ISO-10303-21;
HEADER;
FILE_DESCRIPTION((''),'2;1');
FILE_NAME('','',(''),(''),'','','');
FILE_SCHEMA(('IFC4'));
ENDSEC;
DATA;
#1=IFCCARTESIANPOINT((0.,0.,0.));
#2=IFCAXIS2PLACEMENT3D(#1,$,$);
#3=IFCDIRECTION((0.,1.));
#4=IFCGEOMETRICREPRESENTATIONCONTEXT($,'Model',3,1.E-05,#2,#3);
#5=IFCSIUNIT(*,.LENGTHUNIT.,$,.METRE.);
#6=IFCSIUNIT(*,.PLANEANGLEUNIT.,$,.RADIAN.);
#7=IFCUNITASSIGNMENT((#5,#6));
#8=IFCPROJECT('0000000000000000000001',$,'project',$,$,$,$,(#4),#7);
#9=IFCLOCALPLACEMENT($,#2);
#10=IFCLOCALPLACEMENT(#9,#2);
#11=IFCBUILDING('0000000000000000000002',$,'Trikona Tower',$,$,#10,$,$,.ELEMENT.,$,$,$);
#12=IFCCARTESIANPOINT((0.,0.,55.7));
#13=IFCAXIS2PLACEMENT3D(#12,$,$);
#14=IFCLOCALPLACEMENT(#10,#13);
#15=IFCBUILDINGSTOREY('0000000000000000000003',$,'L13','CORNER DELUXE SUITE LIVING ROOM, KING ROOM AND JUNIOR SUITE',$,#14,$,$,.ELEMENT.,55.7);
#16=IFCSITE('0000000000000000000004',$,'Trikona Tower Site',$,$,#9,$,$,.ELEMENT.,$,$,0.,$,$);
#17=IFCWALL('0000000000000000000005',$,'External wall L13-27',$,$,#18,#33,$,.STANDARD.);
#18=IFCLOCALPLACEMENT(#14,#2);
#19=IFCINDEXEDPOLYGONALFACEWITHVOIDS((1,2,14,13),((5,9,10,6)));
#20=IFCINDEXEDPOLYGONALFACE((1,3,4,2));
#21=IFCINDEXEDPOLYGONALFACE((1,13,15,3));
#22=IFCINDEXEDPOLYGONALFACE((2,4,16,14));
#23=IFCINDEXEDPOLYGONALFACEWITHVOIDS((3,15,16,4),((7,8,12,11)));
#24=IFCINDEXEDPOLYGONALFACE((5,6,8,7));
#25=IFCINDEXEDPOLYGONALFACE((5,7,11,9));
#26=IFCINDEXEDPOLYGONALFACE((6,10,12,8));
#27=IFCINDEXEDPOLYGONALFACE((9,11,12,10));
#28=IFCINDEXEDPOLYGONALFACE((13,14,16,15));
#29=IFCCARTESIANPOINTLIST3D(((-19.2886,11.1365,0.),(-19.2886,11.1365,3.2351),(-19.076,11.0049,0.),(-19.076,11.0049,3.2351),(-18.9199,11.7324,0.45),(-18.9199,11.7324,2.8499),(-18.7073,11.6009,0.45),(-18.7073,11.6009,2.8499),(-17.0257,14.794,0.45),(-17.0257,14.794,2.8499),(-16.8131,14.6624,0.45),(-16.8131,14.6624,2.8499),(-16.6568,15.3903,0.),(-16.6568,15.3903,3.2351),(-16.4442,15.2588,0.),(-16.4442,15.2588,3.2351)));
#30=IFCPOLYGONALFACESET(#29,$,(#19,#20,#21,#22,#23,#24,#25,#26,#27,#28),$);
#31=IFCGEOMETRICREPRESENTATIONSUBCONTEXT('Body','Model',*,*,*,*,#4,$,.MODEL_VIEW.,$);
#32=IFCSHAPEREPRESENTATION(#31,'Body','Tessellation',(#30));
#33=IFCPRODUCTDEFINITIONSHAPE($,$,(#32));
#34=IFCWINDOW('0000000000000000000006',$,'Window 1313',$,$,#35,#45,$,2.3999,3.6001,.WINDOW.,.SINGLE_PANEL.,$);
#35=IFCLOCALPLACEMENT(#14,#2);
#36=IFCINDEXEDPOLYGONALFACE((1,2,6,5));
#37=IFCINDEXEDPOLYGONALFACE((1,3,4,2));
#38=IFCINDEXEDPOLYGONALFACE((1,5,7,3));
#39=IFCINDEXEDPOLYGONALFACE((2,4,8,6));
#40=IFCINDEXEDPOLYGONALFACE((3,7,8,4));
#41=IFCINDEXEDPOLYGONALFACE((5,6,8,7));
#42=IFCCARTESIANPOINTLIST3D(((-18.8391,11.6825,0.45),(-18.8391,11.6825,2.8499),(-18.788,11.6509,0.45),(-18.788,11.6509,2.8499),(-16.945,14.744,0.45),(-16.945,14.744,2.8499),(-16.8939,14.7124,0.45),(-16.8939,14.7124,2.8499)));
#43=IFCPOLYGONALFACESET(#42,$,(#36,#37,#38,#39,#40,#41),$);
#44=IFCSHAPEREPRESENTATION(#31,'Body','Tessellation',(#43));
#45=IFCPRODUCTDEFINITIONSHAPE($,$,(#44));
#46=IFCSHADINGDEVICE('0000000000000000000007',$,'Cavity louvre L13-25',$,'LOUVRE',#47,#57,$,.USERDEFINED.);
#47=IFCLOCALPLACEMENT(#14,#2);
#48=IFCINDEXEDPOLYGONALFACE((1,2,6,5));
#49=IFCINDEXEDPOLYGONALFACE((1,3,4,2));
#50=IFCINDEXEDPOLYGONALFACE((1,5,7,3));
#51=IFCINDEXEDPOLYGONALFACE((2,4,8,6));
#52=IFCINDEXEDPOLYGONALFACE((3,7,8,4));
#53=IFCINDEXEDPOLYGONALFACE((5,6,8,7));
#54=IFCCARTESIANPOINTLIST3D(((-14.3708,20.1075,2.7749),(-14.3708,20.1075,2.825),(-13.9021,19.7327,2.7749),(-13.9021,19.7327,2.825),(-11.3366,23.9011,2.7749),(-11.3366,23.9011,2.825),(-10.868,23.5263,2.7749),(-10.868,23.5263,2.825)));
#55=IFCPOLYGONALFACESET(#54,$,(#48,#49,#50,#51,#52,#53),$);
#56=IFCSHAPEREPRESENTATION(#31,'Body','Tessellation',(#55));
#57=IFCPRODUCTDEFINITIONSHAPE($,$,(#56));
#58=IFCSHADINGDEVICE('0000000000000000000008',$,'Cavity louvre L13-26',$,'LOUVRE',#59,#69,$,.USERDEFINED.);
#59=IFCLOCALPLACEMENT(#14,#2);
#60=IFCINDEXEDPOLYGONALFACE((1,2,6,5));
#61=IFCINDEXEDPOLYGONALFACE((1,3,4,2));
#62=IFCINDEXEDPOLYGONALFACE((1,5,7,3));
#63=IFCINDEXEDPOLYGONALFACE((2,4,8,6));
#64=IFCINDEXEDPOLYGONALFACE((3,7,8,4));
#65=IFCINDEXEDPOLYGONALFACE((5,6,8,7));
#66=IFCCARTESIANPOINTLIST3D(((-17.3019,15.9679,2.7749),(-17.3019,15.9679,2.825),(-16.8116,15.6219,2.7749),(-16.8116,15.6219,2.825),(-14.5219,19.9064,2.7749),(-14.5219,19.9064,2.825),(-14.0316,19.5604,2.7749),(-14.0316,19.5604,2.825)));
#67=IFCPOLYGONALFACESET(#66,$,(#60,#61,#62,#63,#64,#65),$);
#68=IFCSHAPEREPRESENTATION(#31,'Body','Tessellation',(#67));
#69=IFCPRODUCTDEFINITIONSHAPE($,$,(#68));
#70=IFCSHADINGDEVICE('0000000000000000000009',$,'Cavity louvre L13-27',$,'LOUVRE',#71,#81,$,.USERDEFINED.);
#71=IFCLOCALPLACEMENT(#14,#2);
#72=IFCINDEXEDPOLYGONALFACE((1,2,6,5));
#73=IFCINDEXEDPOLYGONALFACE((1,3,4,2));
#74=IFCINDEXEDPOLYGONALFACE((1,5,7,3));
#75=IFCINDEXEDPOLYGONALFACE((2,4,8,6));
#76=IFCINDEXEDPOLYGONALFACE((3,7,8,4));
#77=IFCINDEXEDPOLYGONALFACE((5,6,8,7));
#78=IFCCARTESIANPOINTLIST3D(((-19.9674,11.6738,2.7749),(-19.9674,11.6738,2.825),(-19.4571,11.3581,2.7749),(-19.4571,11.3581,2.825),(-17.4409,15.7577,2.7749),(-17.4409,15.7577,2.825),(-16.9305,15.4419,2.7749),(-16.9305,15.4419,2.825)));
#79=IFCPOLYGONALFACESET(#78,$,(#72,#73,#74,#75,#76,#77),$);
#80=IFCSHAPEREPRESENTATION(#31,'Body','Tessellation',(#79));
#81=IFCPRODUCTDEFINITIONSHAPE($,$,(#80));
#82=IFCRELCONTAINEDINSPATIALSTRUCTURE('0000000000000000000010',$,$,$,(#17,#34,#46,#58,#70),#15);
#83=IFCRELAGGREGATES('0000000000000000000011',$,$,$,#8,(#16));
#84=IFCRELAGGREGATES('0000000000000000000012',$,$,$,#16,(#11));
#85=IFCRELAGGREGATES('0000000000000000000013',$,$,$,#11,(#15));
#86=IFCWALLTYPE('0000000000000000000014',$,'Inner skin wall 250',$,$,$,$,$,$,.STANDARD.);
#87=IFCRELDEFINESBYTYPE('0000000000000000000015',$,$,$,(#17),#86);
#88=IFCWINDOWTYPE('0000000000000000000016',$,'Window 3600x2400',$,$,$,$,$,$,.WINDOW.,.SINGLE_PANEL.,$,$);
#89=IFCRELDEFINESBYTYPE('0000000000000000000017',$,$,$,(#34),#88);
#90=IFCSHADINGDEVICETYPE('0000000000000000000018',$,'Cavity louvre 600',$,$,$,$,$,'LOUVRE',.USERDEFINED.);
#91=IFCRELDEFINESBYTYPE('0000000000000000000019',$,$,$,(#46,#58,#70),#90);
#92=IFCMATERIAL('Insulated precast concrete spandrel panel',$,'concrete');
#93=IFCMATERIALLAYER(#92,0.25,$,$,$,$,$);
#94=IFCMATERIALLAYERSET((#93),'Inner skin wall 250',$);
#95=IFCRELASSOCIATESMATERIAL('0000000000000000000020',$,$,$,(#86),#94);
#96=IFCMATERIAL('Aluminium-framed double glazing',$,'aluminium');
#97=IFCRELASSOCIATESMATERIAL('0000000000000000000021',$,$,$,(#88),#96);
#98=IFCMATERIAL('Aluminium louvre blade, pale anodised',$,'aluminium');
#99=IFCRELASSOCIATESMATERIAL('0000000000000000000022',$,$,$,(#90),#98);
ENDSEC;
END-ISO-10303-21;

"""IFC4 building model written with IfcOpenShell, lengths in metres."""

from ifc_helpers import new_model, si_unit, direction, frame, frame_2d, origin, origin_2d, place, context, subcontext, project, spatial, rectangle, extrude, material, layer, layer_set, type_object, element, fill, save


model = new_model("IFC4")

# Units and contexts
model_context = context("Model", 3, precision=1e-05, world=origin(), true_north=direction((0.0, 1.0)))
body_context = subcontext(model_context, "Body", "Model", "MODEL_VIEW")
ifc_project = project(units=[si_unit("LENGTHUNIT", "METRE"), si_unit("PLANEANGLEUNIT", "RADIAN")], contexts=[model_context])

# Site, building, storey
site_placement = place(None, origin())
site = spatial("IfcSite", under=ifc_project, at=site_placement, Name="Trikona Tower Site", CompositionType="ELEMENT", RefElevation=0.0)
building_placement = place(site_placement, origin())
building = spatial("IfcBuilding", under=site, at=building_placement, Name="Trikona Tower", CompositionType="ELEMENT")
storey_placement = place(building_placement, frame((0.0, 0.0, 55.7)))
storey = spatial("IfcBuildingStorey", under=building, at=storey_placement, Name="L13", Description="CORNER DELUXE SUITE LIVING ROOM, KING ROOM AND JUNIOR SUITE", CompositionType="ELEMENT", Elevation=55.7)

# Wall, opening, window
ifc_material_1 = material(Name="Insulated precast concrete spandrel panel", Category="concrete")
ifc_layer_1 = layer(ifc_material_1, 0.25)
ifc_layer_set_1 = layer_set([ifc_layer_1], Name="Inner skin wall 250")
wall_type = type_object("IfcWallType", Name="Inner skin wall 250", PredefinedType="STANDARD", material=ifc_layer_set_1)
ifc_material_2 = material(Name="Aluminium-framed double glazing", Category="aluminium")
window_type = type_object("IfcWindowType", Name="Window 3600x2400", PartitioningType="SINGLE_PANEL", PredefinedType="WINDOW", material=ifc_material_2)
wall_1_placement = place(storey_placement, frame((-16.5505, 15.3245, 0.0), z_axis=(0.0, 0.0, 1.0), x_axis=(-0.526133, -0.850402, 0.0)))
wall_1 = element("IfcWall", 1, at=wall_1_placement, inside=storey, type_object=wall_type, Name="External wall L13-27", PredefinedType="STANDARD", context=body_context, shape_type="SweptSolid", body=[
    extrude(rectangle(XDim=5.0022, YDim=0.25, at=frame_2d((2.501, 0.0))), origin(), (0.0, 0.0, 1.0), 3.2351),
])
opening_1_placement = place(wall_1_placement, frame((0.7012, 0.0, 0.45)))
opening_1 = element("IfcOpeningElement", 2, at=opening_1_placement, cuts=wall_1, PredefinedType="OPENING", context=body_context, shape_type="SweptSolid", body=[
    extrude(rectangle(XDim=3.6001, YDim=2.3999, at=frame_2d((1.8, 1.2))), frame((0.0, 0.135, 0.0), z_axis=(0.0, -1.0, 0.0), x_axis=(1.0, 0.0, 0.0)), (0.0, 0.0, 1.0), 0.27),
])
window_1_placement = place(opening_1_placement, origin())
window_1 = element("IfcWindow", 3, at=window_1_placement, inside=storey, type_object=window_type, Name="Window 1313", OverallHeight=2.3999, OverallWidth=3.6001, PartitioningType="SINGLE_PANEL", PredefinedType="WINDOW", context=body_context, shape_type="SweptSolid", body=[
    extrude(rectangle(XDim=3.6001, YDim=2.3999, at=frame_2d((1.8, 1.2))), frame((0.0, 0.03, 0.0), z_axis=(0.0, -1.0, 0.0), x_axis=(1.0, 0.0, 0.0)), (0.0, 0.0, 1.0), 0.0601),
])
fill(opening_1, window_1)

# Shading devices
ifc_material_3 = material(Name="Aluminium louvre blade, pale anodised", Category="aluminium")
shading_device_type = type_object("IfcShadingDeviceType", Name="Cavity louvre 600", ElementType="LOUVRE", PredefinedType="USERDEFINED", material=ifc_material_3)
shading_device_1_placement = place(storey_placement, frame((-12.6194, 21.8169, 2.7749), z_axis=(0.0, 0.0, 1.0), x_axis=(-0.624604, -0.780942, 0.0)))
element("IfcShadingDevice", 4, at=shading_device_1_placement, inside=storey, type_object=shading_device_type, Name="Cavity louvre L13-25", ObjectType="LOUVRE", PredefinedType="USERDEFINED", context=body_context, shape_type="SweptSolid", body=[
    extrude(rectangle(XDim=4.8577, YDim=0.6001, at=origin_2d()), origin(), (0.0, 0.0, 1.0), 0.05),
])
shading_device_2_placement = place(storey_placement, frame((-15.6667, 17.7642, 2.7749), z_axis=(0.0, 0.0, 1.0), x_axis=(-0.576662, -0.816983, 0.0)))
element("IfcShadingDevice", 5, at=shading_device_2_placement, inside=storey, type_object=shading_device_type, Name="Cavity louvre L13-26", ObjectType="LOUVRE", PredefinedType="USERDEFINED", context=body_context, shape_type="SweptSolid", body=[
    extrude(rectangle(XDim=4.8208, YDim=0.6001, at=origin_2d()), origin(), (0.0, 0.0, 1.0), 0.05),
])
shading_device_3_placement = place(storey_placement, frame((-18.449, 13.5579, 2.7749), z_axis=(0.0, 0.0, 1.0), x_axis=(-0.526119, -0.850411, 0.0)))
element("IfcShadingDevice", 6, at=shading_device_3_placement, inside=storey, type_object=shading_device_type, Name="Cavity louvre L13-27", ObjectType="LOUVRE", PredefinedType="USERDEFINED", context=body_context, shape_type="SweptSolid", body=[
    extrude(rectangle(XDim=4.8022, YDim=0.6001, at=origin_2d()), origin(), (0.0, 0.0, 1.0), 0.05),
])

save(model, "model.ifc")
